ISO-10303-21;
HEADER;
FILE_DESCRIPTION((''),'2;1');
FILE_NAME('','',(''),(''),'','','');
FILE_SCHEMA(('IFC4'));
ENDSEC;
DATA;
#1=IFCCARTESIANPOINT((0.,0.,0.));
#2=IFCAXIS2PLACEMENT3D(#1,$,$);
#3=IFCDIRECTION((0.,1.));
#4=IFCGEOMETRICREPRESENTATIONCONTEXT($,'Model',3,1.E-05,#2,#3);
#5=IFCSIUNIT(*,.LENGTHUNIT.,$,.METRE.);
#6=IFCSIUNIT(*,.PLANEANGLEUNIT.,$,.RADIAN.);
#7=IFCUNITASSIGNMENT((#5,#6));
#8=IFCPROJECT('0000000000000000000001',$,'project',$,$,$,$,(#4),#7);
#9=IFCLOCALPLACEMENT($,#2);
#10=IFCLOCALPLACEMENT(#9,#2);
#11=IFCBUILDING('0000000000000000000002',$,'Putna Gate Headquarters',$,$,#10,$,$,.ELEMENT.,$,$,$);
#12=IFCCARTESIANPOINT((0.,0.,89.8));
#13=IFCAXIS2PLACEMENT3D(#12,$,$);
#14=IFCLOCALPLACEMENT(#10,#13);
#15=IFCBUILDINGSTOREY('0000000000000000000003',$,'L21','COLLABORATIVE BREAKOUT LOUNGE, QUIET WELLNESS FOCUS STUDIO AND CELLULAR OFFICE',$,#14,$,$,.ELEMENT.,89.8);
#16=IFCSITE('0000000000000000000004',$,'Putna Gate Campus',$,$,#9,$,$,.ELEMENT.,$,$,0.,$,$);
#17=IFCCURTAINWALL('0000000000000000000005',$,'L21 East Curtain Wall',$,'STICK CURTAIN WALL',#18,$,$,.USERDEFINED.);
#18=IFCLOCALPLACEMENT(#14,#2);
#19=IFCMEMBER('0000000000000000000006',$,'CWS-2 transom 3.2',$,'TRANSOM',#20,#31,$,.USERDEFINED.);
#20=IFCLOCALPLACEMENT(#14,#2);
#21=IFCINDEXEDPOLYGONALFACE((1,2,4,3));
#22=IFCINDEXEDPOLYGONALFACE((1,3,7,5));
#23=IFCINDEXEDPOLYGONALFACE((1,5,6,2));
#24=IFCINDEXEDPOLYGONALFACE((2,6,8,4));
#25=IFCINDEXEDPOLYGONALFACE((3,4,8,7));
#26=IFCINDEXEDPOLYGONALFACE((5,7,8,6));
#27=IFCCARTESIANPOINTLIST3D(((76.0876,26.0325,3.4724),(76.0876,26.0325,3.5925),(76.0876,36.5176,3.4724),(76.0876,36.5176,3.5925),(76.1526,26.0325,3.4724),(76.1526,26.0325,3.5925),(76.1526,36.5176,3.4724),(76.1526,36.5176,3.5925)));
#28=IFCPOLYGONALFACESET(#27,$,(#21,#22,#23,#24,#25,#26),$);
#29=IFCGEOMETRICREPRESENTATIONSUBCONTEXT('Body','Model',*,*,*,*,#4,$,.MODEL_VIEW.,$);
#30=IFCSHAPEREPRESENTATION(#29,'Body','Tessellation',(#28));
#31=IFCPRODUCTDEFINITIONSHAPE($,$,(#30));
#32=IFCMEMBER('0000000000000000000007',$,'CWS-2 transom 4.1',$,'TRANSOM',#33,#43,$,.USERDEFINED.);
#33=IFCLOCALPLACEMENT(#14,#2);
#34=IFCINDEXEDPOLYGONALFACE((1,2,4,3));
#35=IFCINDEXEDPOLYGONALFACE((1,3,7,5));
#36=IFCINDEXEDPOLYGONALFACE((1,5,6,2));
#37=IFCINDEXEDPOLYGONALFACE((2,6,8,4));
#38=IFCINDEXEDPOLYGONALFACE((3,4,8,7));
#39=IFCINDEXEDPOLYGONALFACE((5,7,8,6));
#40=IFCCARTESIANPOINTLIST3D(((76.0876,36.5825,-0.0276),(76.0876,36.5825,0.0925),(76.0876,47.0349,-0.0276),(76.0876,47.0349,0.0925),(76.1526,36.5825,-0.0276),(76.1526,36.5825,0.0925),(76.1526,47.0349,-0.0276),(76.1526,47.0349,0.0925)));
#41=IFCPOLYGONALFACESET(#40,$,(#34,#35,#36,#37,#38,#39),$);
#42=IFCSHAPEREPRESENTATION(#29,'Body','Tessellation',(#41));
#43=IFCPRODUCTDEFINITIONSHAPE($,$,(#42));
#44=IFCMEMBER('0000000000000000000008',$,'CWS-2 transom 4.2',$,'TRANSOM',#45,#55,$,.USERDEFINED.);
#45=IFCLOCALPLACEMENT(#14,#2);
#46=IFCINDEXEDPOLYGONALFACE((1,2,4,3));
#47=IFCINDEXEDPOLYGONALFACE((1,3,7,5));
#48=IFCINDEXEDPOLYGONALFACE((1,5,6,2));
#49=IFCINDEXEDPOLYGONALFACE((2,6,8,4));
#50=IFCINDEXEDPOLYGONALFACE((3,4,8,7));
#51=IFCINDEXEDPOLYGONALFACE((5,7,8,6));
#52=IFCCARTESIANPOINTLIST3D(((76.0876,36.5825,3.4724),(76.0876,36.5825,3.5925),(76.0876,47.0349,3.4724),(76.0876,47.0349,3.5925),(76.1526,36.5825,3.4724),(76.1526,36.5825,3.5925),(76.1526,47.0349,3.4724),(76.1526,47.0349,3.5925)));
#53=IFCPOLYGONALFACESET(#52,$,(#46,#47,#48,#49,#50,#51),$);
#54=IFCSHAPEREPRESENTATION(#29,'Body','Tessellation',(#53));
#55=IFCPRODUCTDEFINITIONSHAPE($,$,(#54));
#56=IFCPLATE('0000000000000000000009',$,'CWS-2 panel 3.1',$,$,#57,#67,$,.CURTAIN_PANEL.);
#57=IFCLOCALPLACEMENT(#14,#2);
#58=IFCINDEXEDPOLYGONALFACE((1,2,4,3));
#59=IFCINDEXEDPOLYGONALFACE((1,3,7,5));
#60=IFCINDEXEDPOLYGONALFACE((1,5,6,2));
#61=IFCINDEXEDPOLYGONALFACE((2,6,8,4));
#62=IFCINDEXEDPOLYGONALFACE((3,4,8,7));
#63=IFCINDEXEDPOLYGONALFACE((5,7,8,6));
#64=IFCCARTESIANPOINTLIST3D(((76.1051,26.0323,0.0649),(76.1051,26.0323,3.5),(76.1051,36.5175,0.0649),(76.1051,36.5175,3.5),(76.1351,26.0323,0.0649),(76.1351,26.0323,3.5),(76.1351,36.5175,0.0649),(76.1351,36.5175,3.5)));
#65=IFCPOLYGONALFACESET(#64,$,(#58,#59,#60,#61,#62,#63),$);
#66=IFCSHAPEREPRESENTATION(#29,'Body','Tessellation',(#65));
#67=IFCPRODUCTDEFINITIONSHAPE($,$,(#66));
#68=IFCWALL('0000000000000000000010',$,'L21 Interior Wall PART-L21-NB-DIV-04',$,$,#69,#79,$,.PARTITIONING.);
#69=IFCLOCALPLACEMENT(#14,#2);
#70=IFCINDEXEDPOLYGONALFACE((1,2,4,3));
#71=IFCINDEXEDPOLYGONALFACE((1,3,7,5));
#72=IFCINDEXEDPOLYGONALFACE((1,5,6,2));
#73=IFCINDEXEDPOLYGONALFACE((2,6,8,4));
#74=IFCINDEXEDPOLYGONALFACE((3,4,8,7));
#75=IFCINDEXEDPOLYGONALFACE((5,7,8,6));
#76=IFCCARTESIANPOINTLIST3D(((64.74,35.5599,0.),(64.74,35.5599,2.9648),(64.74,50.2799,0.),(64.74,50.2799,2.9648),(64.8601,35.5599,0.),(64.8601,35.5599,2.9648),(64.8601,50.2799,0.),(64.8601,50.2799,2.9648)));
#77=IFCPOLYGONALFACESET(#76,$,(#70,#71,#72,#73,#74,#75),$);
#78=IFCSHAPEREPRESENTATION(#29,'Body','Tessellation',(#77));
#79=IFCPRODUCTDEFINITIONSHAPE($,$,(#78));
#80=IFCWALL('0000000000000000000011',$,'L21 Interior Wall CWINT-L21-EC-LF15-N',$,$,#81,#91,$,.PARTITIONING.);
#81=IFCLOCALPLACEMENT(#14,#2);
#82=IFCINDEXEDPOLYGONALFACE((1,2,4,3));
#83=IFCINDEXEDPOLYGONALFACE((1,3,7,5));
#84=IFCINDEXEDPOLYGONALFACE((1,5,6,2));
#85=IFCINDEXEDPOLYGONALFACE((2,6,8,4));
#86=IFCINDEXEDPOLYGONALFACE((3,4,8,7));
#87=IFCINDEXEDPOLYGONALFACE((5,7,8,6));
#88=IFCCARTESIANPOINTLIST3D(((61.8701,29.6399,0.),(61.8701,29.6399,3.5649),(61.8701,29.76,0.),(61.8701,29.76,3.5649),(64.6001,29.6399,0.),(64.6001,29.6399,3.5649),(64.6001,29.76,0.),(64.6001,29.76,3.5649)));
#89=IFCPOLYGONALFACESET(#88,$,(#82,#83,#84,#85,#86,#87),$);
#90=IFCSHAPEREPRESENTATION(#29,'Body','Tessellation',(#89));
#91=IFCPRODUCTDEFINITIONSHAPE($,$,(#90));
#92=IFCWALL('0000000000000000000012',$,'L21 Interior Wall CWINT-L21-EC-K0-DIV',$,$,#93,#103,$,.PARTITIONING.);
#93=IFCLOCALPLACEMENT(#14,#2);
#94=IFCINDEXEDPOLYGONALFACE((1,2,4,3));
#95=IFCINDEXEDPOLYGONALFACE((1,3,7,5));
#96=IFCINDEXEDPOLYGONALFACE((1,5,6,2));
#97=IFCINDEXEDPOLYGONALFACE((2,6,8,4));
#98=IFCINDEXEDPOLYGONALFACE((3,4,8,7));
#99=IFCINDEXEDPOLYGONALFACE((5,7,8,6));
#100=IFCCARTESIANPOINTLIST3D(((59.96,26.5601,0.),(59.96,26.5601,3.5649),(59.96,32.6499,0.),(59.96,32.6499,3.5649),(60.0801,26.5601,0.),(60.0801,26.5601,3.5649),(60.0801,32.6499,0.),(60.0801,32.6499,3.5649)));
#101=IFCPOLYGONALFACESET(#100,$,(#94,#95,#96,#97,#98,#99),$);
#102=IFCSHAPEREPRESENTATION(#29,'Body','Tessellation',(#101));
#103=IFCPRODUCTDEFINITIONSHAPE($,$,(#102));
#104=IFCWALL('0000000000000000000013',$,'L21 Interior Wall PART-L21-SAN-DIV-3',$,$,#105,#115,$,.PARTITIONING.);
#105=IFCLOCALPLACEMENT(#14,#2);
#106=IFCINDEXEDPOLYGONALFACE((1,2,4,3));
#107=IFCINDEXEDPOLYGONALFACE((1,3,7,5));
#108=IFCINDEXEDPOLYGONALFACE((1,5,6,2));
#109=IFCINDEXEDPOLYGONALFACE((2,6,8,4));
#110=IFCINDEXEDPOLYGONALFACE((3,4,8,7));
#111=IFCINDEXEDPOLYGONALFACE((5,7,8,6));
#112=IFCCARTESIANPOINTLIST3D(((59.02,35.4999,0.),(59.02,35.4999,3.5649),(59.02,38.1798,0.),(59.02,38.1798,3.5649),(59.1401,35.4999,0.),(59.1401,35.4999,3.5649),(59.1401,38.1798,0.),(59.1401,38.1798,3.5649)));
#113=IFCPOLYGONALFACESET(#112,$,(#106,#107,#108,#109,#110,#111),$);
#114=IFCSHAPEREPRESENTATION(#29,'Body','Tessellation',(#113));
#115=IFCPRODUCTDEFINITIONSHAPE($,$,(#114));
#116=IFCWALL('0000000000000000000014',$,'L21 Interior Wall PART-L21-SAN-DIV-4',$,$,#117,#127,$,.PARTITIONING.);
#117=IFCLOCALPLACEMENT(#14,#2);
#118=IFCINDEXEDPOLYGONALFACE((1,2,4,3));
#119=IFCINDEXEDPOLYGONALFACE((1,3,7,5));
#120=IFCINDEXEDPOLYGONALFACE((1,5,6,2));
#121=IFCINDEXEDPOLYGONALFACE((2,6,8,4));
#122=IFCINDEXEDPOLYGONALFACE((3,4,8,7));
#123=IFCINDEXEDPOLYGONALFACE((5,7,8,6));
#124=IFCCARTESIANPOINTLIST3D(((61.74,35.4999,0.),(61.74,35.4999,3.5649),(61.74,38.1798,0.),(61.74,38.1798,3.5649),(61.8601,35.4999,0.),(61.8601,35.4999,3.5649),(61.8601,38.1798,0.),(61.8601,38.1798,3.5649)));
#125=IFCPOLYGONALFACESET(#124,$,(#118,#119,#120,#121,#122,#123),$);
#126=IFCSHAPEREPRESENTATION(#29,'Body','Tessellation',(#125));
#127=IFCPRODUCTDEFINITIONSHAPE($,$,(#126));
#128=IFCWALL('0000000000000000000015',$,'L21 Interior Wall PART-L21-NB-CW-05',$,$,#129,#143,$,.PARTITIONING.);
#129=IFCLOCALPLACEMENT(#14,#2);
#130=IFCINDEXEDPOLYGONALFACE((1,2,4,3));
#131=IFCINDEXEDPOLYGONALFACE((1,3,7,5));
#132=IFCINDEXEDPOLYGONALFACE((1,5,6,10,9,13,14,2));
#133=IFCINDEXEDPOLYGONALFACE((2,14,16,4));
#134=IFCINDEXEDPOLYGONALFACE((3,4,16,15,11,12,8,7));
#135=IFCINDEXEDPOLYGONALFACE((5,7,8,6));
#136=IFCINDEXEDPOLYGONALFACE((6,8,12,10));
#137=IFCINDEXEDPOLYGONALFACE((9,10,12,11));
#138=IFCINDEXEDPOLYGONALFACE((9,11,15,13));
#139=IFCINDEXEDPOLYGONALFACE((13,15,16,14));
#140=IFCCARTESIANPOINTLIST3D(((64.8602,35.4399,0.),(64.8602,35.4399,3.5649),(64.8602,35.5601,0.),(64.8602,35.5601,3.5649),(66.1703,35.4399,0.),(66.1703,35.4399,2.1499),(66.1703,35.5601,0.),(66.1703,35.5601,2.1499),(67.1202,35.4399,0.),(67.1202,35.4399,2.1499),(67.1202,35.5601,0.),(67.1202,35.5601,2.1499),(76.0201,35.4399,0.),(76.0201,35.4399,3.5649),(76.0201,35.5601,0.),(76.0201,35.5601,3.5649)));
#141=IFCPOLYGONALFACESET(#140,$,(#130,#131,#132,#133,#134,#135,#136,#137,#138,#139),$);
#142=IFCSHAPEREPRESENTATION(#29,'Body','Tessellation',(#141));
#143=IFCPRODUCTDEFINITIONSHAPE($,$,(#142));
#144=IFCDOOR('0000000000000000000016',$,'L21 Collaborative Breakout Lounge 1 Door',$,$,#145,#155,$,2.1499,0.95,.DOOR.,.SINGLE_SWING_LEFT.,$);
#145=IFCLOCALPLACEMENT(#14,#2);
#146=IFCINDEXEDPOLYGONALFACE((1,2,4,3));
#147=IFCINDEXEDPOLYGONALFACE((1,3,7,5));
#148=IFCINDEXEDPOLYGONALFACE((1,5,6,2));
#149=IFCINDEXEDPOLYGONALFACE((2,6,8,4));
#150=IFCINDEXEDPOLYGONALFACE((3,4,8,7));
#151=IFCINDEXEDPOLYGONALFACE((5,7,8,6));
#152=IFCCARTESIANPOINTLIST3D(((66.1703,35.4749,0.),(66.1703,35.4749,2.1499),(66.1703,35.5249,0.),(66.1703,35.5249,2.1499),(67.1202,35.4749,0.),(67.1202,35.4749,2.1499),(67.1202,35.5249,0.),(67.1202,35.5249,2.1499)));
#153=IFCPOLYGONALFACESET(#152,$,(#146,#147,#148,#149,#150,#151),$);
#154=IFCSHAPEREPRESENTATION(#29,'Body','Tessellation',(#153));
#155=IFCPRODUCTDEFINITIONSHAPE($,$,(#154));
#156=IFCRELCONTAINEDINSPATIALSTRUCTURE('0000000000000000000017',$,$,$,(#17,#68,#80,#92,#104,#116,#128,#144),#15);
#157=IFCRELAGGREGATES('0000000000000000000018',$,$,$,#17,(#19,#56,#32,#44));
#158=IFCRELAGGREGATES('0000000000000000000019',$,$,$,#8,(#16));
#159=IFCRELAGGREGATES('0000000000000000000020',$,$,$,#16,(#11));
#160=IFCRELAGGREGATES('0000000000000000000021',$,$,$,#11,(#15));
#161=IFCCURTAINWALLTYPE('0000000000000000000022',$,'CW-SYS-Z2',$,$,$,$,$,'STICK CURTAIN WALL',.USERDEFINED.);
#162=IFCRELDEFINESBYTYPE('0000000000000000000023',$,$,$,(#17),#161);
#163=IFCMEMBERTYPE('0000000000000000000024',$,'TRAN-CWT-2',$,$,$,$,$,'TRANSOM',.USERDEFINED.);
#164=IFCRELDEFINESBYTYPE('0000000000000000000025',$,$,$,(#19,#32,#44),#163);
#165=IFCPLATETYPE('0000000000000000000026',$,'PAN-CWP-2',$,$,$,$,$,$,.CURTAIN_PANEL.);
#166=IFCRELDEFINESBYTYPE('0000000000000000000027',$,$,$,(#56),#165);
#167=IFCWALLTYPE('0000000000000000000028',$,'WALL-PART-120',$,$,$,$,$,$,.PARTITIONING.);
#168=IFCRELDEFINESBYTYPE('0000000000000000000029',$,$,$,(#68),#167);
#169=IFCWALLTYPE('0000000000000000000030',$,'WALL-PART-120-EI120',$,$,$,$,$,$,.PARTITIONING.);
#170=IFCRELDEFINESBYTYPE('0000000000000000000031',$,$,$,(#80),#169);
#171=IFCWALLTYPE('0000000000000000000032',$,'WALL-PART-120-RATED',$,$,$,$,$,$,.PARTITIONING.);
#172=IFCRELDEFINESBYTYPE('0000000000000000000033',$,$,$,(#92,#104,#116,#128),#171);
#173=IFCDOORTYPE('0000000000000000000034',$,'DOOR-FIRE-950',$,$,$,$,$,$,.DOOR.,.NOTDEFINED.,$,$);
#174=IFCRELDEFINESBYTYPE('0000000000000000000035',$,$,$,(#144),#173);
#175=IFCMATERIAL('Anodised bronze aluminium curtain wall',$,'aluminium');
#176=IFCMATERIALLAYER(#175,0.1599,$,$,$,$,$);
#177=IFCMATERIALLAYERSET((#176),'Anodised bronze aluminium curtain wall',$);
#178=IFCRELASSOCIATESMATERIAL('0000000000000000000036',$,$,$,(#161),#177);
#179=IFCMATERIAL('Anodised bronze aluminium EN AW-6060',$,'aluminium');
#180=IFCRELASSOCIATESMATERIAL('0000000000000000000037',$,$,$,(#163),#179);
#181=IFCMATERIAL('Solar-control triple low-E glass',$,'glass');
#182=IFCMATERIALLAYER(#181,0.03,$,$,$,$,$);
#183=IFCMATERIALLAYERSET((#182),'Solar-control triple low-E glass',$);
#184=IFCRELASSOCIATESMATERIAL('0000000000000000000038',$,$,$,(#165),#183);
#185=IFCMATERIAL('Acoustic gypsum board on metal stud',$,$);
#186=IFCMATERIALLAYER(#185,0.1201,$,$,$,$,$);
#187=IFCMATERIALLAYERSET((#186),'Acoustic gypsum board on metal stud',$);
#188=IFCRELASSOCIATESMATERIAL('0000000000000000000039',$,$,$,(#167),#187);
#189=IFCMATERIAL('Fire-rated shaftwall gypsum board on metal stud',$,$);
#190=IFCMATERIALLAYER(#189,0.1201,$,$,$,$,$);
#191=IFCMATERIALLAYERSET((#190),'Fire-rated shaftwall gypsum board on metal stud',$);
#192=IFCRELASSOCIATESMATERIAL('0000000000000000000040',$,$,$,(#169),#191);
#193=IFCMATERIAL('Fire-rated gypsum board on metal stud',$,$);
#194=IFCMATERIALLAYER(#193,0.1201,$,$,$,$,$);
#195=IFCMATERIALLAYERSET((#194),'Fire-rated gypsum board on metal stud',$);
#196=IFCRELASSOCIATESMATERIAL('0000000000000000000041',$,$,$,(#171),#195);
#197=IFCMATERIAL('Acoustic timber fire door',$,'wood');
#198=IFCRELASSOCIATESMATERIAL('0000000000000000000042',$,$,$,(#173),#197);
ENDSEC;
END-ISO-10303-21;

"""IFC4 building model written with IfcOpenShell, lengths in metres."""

from ifc_helpers import new_model, si_unit, direction, frame, frame_2d, origin, origin_2d, place, context, subcontext, project, spatial, rectangle, extrude, material, layer, layer_set, material_profile, profile_set, type_object, element, fill, aggregate, save


model = new_model("IFC4")

# Units and contexts
model_context = context("Model", 3, precision=1e-05, world=origin(), true_north=direction((0.0, 1.0)))
body_context = subcontext(model_context, "Body", "Model", "MODEL_VIEW")
ifc_project = project(units=[si_unit("LENGTHUNIT", "METRE"), si_unit("PLANEANGLEUNIT", "RADIAN")], contexts=[model_context])

# Site, building, storey
site_placement = place(None, origin())
site = spatial("IfcSite", under=ifc_project, at=site_placement, Name="Putna Gate Campus", CompositionType="ELEMENT", RefElevation=0.0)
building_placement = place(site_placement, origin())
building = spatial("IfcBuilding", under=site, at=building_placement, Name="Putna Gate Headquarters", CompositionType="ELEMENT")
storey_placement = place(building_placement, frame((0.0, 0.0, 89.8)))
storey = spatial("IfcBuildingStorey", under=building, at=storey_placement, Name="L21", Description="COLLABORATIVE BREAKOUT LOUNGE, QUIET WELLNESS FOCUS STUDIO AND CELLULAR OFFICE", CompositionType="ELEMENT", Elevation=89.8)

# Curtain wall, members, plate
ifc_material_1 = material(Name="Anodised bronze aluminium curtain wall", Category="aluminium")
ifc_layer_1 = layer(ifc_material_1, 0.1599)
ifc_layer_set_1 = layer_set([ifc_layer_1], Name="Anodised bronze aluminium curtain wall")
curtain_wall_type = type_object("IfcCurtainWallType", Name="CW-SYS-Z2", ElementType="STICK CURTAIN WALL", PredefinedType="USERDEFINED", material=ifc_layer_set_1)
curtain_wall_placement = place(storey_placement, origin())
curtain_wall = element("IfcCurtainWall", 1, at=curtain_wall_placement, inside=storey, type_object=curtain_wall_type, Name="L21 East Curtain Wall", ObjectType="STICK CURTAIN WALL", PredefinedType="USERDEFINED")
ifc_material_2 = material(Name="Anodised bronze aluminium EN AW-6060", Category="aluminium")
ifc_material_profile_1 = material_profile(ifc_material_2, rectangle(XDim=0.0649, YDim=0.1201, at=origin_2d()), Name="Anodised bronze aluminium EN AW-6060")
ifc_profile_set_1 = profile_set([ifc_material_profile_1], Name="Anodised bronze aluminium EN AW-6060")
member_type_1 = type_object("IfcMemberType", Name="TRAN-CWT-2", ElementType="TRANSOM", PredefinedType="USERDEFINED", material=ifc_profile_set_1)
member_1_placement = place(storey_placement, frame((76.1201, 26.0325, 3.5325), z_axis=(0.0, 1.0, 0.0), x_axis=(-1.0, 0.0, 0.0)))
member_1 = element("IfcMember", 2, at=member_1_placement, type_object=member_type_1, Name="CWS-2 transom 3.2", ObjectType="TRANSOM", PredefinedType="USERDEFINED", context=body_context, shape_type="SweptSolid", body=[
    extrude(rectangle(XDim=0.0649, YDim=0.1201, at=origin_2d()), origin(), (0.0, 0.0, 1.0), 10.4851),
])
member_2_placement = place(storey_placement, frame((76.1201, 36.5825, 0.0325), z_axis=(0.0, 1.0, 0.0), x_axis=(-1.0, 0.0, 0.0)))
member_2 = element("IfcMember", 3, at=member_2_placement, type_object=member_type_1, Name="CWS-2 transom 4.1", ObjectType="TRANSOM", PredefinedType="USERDEFINED", context=body_context, shape_type="SweptSolid", body=[
    extrude(rectangle(XDim=0.0649, YDim=0.1201, at=origin_2d()), origin(), (0.0, 0.0, 1.0), 10.4524),
])
member_3_placement = place(storey_placement, frame((76.1201, 36.5825, 3.5325), z_axis=(0.0, 1.0, 0.0), x_axis=(-1.0, 0.0, 0.0)))
member_3 = element("IfcMember", 4, at=member_3_placement, type_object=member_type_1, Name="CWS-2 transom 4.2", ObjectType="TRANSOM", PredefinedType="USERDEFINED", context=body_context, shape_type="SweptSolid", body=[
    extrude(rectangle(XDim=0.0649, YDim=0.1201, at=origin_2d()), origin(), (0.0, 0.0, 1.0), 10.4524),
])
ifc_material_3 = material(Name="Solar-control triple low-E glass", Category="glass")
ifc_layer_2 = layer(ifc_material_3, 0.03)
ifc_layer_set_2 = layer_set([ifc_layer_2], Name="Solar-control triple low-E glass")
plate_type = type_object("IfcPlateType", Name="PAN-CWP-2", PredefinedType="CURTAIN_PANEL", material=ifc_layer_set_2)
plate_placement = place(storey_placement, frame((76.1201, 31.2749, 0.0649), z_axis=(0.0, 0.0, 1.0), x_axis=(0.0, 1.0, 0.0)))
plate = element("IfcPlate", 5, at=plate_placement, type_object=plate_type, Name="CWS-2 panel 3.1", PredefinedType="CURTAIN_PANEL", context=body_context, shape_type="SweptSolid", body=[
    extrude(rectangle(XDim=10.4851, YDim=0.03, at=origin_2d()), origin(), (0.0, 0.0, 1.0), 3.4351),
])
aggregate(curtain_wall, [member_1, plate, member_2, member_3])

# Walls
ifc_material_4 = material(Name="Acoustic gypsum board on metal stud")
ifc_layer_3 = layer(ifc_material_4, 0.1201)
ifc_layer_set_3 = layer_set([ifc_layer_3], Name="Acoustic gypsum board on metal stud")
wall_type_1 = type_object("IfcWallType", Name="WALL-PART-120", PredefinedType="PARTITIONING", material=ifc_layer_set_3)
wall_1_placement = place(storey_placement, frame((64.8, 35.5601, 0.0), z_axis=(0.0, 0.0, 1.0), x_axis=(0.0, 1.0, 0.0)))
element("IfcWall", 6, at=wall_1_placement, inside=storey, type_object=wall_type_1, Name="L21 Interior Wall PART-L21-NB-DIV-04", PredefinedType="PARTITIONING", context=body_context, shape_type="SweptSolid", body=[
    extrude(rectangle(XDim=14.72, YDim=0.1201, at=frame_2d((7.3599, 0.0))), origin(), (0.0, 0.0, 1.0), 2.9648),
])
ifc_material_5 = material(Name="Fire-rated shaftwall gypsum board on metal stud")
ifc_layer_4 = layer(ifc_material_5, 0.1201)
ifc_layer_set_4 = layer_set([ifc_layer_4], Name="Fire-rated shaftwall gypsum board on metal stud")
wall_type_2 = type_object("IfcWallType", Name="WALL-PART-120-EI120", PredefinedType="PARTITIONING", material=ifc_layer_set_4)
wall_2_placement = place(storey_placement, frame((61.8701, 29.7, 0.0), z_axis=(0.0, 0.0, 1.0), x_axis=(1.0, 0.0, 0.0)))
element("IfcWall", 7, at=wall_2_placement, inside=storey, type_object=wall_type_2, Name="L21 Interior Wall CWINT-L21-EC-LF15-N", PredefinedType="PARTITIONING", context=body_context, shape_type="SweptSolid", body=[
    extrude(rectangle(XDim=2.73, YDim=0.1201, at=frame_2d((1.365, 0.0))), origin(), (0.0, 0.0, 1.0), 3.5649),
])
ifc_material_6 = material(Name="Fire-rated gypsum board on metal stud")
ifc_layer_5 = layer(ifc_material_6, 0.1201)
ifc_layer_set_5 = layer_set([ifc_layer_5], Name="Fire-rated gypsum board on metal stud")
wall_type_3 = type_object("IfcWallType", Name="WALL-PART-120-RATED", PredefinedType="PARTITIONING", material=ifc_layer_set_5)
wall_3_placement = place(storey_placement, frame((60.02, 26.5601, 0.0), z_axis=(0.0, 0.0, 1.0), x_axis=(0.0, 1.0, 0.0)))
element("IfcWall", 8, at=wall_3_placement, inside=storey, type_object=wall_type_3, Name="L21 Interior Wall CWINT-L21-EC-K0-DIV", PredefinedType="PARTITIONING", context=body_context, shape_type="SweptSolid", body=[
    extrude(rectangle(XDim=6.0898, YDim=0.1201, at=frame_2d((3.0449, 0.0))), origin(), (0.0, 0.0, 1.0), 3.5649),
])
for number, where, z_axis, x_axis, name in (
    (9, (59.0801, 35.5, 0.0), (0.0, 0.0, 1.0), (0.0, 1.0, 0.0), "L21 Interior Wall PART-L21-SAN-DIV-3"),
    (10, (61.8, 35.5, 0.0), (0.0, 0.0, 1.0), (0.0, 1.0, 0.0), "L21 Interior Wall PART-L21-SAN-DIV-4"),
):
    element("IfcWall", number, at=place(storey_placement, frame(where, z_axis=z_axis, x_axis=x_axis)), inside=storey, type_object=wall_type_3, Name=name, PredefinedType="PARTITIONING", context=body_context, shape_type="SweptSolid", body=[
        extrude(rectangle(XDim=2.6799, YDim=0.1201, at=frame_2d((1.3398, 0.0))), origin(), (0.0, 0.0, 1.0), 3.5649),
    ])

# Wall, opening, door
wall_4_placement = place(storey_placement, frame((64.8601, 35.5, 0.0), z_axis=(0.0, 0.0, 1.0), x_axis=(1.0, 0.0, 0.0)))
wall_4 = element("IfcWall", 11, at=wall_4_placement, inside=storey, type_object=wall_type_3, Name="L21 Interior Wall PART-L21-NB-CW-05", PredefinedType="PARTITIONING", context=body_context, shape_type="SweptSolid", body=[
    extrude(rectangle(XDim=11.1599, YDim=0.1201, at=frame_2d((5.5801, 0.0))), origin(), (0.0, 0.0, 1.0), 3.5649),
])
opening_1_placement = place(wall_4_placement, frame((1.3101, 0.0, 0.0)))
opening_1 = element("IfcOpeningElement", 12, at=opening_1_placement, cuts=wall_4, PredefinedType="OPENING", context=body_context, shape_type="SweptSolid", body=[
    extrude(rectangle(XDim=0.95, YDim=2.1499, at=frame_2d((0.4751, 1.075))), frame((0.0, 0.0701, 0.0), z_axis=(0.0, -1.0, 0.0), x_axis=(1.0, 0.0, 0.0)), (0.0, 0.0, 1.0), 0.1401),
])
ifc_material_7 = material(Name="Acoustic timber fire door", Category="wood")
door_type_1 = type_object("IfcDoorType", Name="DOOR-FIRE-950", OperationType="NOTDEFINED", PredefinedType="DOOR", material=ifc_material_7)
door_1_placement = place(opening_1_placement, origin())
door_1 = element("IfcDoor", 13, at=door_1_placement, inside=storey, type_object=door_type_1, Name="L21 Collaborative Breakout Lounge 1 Door", OperationType="SINGLE_SWING_LEFT", OverallHeight=2.1499, OverallWidth=0.95, PredefinedType="DOOR", context=body_context, shape_type="SweptSolid", body=[
    extrude(rectangle(XDim=0.95, YDim=2.1499, at=frame_2d((0.4751, 1.075))), frame((0.0, 0.0249, 0.0), z_axis=(0.0, -1.0, 0.0), x_axis=(1.0, 0.0, 0.0)), (0.0, 0.0, 1.0), 0.05),
])
fill(opening_1, door_1)

save(model, "model.ifc")
